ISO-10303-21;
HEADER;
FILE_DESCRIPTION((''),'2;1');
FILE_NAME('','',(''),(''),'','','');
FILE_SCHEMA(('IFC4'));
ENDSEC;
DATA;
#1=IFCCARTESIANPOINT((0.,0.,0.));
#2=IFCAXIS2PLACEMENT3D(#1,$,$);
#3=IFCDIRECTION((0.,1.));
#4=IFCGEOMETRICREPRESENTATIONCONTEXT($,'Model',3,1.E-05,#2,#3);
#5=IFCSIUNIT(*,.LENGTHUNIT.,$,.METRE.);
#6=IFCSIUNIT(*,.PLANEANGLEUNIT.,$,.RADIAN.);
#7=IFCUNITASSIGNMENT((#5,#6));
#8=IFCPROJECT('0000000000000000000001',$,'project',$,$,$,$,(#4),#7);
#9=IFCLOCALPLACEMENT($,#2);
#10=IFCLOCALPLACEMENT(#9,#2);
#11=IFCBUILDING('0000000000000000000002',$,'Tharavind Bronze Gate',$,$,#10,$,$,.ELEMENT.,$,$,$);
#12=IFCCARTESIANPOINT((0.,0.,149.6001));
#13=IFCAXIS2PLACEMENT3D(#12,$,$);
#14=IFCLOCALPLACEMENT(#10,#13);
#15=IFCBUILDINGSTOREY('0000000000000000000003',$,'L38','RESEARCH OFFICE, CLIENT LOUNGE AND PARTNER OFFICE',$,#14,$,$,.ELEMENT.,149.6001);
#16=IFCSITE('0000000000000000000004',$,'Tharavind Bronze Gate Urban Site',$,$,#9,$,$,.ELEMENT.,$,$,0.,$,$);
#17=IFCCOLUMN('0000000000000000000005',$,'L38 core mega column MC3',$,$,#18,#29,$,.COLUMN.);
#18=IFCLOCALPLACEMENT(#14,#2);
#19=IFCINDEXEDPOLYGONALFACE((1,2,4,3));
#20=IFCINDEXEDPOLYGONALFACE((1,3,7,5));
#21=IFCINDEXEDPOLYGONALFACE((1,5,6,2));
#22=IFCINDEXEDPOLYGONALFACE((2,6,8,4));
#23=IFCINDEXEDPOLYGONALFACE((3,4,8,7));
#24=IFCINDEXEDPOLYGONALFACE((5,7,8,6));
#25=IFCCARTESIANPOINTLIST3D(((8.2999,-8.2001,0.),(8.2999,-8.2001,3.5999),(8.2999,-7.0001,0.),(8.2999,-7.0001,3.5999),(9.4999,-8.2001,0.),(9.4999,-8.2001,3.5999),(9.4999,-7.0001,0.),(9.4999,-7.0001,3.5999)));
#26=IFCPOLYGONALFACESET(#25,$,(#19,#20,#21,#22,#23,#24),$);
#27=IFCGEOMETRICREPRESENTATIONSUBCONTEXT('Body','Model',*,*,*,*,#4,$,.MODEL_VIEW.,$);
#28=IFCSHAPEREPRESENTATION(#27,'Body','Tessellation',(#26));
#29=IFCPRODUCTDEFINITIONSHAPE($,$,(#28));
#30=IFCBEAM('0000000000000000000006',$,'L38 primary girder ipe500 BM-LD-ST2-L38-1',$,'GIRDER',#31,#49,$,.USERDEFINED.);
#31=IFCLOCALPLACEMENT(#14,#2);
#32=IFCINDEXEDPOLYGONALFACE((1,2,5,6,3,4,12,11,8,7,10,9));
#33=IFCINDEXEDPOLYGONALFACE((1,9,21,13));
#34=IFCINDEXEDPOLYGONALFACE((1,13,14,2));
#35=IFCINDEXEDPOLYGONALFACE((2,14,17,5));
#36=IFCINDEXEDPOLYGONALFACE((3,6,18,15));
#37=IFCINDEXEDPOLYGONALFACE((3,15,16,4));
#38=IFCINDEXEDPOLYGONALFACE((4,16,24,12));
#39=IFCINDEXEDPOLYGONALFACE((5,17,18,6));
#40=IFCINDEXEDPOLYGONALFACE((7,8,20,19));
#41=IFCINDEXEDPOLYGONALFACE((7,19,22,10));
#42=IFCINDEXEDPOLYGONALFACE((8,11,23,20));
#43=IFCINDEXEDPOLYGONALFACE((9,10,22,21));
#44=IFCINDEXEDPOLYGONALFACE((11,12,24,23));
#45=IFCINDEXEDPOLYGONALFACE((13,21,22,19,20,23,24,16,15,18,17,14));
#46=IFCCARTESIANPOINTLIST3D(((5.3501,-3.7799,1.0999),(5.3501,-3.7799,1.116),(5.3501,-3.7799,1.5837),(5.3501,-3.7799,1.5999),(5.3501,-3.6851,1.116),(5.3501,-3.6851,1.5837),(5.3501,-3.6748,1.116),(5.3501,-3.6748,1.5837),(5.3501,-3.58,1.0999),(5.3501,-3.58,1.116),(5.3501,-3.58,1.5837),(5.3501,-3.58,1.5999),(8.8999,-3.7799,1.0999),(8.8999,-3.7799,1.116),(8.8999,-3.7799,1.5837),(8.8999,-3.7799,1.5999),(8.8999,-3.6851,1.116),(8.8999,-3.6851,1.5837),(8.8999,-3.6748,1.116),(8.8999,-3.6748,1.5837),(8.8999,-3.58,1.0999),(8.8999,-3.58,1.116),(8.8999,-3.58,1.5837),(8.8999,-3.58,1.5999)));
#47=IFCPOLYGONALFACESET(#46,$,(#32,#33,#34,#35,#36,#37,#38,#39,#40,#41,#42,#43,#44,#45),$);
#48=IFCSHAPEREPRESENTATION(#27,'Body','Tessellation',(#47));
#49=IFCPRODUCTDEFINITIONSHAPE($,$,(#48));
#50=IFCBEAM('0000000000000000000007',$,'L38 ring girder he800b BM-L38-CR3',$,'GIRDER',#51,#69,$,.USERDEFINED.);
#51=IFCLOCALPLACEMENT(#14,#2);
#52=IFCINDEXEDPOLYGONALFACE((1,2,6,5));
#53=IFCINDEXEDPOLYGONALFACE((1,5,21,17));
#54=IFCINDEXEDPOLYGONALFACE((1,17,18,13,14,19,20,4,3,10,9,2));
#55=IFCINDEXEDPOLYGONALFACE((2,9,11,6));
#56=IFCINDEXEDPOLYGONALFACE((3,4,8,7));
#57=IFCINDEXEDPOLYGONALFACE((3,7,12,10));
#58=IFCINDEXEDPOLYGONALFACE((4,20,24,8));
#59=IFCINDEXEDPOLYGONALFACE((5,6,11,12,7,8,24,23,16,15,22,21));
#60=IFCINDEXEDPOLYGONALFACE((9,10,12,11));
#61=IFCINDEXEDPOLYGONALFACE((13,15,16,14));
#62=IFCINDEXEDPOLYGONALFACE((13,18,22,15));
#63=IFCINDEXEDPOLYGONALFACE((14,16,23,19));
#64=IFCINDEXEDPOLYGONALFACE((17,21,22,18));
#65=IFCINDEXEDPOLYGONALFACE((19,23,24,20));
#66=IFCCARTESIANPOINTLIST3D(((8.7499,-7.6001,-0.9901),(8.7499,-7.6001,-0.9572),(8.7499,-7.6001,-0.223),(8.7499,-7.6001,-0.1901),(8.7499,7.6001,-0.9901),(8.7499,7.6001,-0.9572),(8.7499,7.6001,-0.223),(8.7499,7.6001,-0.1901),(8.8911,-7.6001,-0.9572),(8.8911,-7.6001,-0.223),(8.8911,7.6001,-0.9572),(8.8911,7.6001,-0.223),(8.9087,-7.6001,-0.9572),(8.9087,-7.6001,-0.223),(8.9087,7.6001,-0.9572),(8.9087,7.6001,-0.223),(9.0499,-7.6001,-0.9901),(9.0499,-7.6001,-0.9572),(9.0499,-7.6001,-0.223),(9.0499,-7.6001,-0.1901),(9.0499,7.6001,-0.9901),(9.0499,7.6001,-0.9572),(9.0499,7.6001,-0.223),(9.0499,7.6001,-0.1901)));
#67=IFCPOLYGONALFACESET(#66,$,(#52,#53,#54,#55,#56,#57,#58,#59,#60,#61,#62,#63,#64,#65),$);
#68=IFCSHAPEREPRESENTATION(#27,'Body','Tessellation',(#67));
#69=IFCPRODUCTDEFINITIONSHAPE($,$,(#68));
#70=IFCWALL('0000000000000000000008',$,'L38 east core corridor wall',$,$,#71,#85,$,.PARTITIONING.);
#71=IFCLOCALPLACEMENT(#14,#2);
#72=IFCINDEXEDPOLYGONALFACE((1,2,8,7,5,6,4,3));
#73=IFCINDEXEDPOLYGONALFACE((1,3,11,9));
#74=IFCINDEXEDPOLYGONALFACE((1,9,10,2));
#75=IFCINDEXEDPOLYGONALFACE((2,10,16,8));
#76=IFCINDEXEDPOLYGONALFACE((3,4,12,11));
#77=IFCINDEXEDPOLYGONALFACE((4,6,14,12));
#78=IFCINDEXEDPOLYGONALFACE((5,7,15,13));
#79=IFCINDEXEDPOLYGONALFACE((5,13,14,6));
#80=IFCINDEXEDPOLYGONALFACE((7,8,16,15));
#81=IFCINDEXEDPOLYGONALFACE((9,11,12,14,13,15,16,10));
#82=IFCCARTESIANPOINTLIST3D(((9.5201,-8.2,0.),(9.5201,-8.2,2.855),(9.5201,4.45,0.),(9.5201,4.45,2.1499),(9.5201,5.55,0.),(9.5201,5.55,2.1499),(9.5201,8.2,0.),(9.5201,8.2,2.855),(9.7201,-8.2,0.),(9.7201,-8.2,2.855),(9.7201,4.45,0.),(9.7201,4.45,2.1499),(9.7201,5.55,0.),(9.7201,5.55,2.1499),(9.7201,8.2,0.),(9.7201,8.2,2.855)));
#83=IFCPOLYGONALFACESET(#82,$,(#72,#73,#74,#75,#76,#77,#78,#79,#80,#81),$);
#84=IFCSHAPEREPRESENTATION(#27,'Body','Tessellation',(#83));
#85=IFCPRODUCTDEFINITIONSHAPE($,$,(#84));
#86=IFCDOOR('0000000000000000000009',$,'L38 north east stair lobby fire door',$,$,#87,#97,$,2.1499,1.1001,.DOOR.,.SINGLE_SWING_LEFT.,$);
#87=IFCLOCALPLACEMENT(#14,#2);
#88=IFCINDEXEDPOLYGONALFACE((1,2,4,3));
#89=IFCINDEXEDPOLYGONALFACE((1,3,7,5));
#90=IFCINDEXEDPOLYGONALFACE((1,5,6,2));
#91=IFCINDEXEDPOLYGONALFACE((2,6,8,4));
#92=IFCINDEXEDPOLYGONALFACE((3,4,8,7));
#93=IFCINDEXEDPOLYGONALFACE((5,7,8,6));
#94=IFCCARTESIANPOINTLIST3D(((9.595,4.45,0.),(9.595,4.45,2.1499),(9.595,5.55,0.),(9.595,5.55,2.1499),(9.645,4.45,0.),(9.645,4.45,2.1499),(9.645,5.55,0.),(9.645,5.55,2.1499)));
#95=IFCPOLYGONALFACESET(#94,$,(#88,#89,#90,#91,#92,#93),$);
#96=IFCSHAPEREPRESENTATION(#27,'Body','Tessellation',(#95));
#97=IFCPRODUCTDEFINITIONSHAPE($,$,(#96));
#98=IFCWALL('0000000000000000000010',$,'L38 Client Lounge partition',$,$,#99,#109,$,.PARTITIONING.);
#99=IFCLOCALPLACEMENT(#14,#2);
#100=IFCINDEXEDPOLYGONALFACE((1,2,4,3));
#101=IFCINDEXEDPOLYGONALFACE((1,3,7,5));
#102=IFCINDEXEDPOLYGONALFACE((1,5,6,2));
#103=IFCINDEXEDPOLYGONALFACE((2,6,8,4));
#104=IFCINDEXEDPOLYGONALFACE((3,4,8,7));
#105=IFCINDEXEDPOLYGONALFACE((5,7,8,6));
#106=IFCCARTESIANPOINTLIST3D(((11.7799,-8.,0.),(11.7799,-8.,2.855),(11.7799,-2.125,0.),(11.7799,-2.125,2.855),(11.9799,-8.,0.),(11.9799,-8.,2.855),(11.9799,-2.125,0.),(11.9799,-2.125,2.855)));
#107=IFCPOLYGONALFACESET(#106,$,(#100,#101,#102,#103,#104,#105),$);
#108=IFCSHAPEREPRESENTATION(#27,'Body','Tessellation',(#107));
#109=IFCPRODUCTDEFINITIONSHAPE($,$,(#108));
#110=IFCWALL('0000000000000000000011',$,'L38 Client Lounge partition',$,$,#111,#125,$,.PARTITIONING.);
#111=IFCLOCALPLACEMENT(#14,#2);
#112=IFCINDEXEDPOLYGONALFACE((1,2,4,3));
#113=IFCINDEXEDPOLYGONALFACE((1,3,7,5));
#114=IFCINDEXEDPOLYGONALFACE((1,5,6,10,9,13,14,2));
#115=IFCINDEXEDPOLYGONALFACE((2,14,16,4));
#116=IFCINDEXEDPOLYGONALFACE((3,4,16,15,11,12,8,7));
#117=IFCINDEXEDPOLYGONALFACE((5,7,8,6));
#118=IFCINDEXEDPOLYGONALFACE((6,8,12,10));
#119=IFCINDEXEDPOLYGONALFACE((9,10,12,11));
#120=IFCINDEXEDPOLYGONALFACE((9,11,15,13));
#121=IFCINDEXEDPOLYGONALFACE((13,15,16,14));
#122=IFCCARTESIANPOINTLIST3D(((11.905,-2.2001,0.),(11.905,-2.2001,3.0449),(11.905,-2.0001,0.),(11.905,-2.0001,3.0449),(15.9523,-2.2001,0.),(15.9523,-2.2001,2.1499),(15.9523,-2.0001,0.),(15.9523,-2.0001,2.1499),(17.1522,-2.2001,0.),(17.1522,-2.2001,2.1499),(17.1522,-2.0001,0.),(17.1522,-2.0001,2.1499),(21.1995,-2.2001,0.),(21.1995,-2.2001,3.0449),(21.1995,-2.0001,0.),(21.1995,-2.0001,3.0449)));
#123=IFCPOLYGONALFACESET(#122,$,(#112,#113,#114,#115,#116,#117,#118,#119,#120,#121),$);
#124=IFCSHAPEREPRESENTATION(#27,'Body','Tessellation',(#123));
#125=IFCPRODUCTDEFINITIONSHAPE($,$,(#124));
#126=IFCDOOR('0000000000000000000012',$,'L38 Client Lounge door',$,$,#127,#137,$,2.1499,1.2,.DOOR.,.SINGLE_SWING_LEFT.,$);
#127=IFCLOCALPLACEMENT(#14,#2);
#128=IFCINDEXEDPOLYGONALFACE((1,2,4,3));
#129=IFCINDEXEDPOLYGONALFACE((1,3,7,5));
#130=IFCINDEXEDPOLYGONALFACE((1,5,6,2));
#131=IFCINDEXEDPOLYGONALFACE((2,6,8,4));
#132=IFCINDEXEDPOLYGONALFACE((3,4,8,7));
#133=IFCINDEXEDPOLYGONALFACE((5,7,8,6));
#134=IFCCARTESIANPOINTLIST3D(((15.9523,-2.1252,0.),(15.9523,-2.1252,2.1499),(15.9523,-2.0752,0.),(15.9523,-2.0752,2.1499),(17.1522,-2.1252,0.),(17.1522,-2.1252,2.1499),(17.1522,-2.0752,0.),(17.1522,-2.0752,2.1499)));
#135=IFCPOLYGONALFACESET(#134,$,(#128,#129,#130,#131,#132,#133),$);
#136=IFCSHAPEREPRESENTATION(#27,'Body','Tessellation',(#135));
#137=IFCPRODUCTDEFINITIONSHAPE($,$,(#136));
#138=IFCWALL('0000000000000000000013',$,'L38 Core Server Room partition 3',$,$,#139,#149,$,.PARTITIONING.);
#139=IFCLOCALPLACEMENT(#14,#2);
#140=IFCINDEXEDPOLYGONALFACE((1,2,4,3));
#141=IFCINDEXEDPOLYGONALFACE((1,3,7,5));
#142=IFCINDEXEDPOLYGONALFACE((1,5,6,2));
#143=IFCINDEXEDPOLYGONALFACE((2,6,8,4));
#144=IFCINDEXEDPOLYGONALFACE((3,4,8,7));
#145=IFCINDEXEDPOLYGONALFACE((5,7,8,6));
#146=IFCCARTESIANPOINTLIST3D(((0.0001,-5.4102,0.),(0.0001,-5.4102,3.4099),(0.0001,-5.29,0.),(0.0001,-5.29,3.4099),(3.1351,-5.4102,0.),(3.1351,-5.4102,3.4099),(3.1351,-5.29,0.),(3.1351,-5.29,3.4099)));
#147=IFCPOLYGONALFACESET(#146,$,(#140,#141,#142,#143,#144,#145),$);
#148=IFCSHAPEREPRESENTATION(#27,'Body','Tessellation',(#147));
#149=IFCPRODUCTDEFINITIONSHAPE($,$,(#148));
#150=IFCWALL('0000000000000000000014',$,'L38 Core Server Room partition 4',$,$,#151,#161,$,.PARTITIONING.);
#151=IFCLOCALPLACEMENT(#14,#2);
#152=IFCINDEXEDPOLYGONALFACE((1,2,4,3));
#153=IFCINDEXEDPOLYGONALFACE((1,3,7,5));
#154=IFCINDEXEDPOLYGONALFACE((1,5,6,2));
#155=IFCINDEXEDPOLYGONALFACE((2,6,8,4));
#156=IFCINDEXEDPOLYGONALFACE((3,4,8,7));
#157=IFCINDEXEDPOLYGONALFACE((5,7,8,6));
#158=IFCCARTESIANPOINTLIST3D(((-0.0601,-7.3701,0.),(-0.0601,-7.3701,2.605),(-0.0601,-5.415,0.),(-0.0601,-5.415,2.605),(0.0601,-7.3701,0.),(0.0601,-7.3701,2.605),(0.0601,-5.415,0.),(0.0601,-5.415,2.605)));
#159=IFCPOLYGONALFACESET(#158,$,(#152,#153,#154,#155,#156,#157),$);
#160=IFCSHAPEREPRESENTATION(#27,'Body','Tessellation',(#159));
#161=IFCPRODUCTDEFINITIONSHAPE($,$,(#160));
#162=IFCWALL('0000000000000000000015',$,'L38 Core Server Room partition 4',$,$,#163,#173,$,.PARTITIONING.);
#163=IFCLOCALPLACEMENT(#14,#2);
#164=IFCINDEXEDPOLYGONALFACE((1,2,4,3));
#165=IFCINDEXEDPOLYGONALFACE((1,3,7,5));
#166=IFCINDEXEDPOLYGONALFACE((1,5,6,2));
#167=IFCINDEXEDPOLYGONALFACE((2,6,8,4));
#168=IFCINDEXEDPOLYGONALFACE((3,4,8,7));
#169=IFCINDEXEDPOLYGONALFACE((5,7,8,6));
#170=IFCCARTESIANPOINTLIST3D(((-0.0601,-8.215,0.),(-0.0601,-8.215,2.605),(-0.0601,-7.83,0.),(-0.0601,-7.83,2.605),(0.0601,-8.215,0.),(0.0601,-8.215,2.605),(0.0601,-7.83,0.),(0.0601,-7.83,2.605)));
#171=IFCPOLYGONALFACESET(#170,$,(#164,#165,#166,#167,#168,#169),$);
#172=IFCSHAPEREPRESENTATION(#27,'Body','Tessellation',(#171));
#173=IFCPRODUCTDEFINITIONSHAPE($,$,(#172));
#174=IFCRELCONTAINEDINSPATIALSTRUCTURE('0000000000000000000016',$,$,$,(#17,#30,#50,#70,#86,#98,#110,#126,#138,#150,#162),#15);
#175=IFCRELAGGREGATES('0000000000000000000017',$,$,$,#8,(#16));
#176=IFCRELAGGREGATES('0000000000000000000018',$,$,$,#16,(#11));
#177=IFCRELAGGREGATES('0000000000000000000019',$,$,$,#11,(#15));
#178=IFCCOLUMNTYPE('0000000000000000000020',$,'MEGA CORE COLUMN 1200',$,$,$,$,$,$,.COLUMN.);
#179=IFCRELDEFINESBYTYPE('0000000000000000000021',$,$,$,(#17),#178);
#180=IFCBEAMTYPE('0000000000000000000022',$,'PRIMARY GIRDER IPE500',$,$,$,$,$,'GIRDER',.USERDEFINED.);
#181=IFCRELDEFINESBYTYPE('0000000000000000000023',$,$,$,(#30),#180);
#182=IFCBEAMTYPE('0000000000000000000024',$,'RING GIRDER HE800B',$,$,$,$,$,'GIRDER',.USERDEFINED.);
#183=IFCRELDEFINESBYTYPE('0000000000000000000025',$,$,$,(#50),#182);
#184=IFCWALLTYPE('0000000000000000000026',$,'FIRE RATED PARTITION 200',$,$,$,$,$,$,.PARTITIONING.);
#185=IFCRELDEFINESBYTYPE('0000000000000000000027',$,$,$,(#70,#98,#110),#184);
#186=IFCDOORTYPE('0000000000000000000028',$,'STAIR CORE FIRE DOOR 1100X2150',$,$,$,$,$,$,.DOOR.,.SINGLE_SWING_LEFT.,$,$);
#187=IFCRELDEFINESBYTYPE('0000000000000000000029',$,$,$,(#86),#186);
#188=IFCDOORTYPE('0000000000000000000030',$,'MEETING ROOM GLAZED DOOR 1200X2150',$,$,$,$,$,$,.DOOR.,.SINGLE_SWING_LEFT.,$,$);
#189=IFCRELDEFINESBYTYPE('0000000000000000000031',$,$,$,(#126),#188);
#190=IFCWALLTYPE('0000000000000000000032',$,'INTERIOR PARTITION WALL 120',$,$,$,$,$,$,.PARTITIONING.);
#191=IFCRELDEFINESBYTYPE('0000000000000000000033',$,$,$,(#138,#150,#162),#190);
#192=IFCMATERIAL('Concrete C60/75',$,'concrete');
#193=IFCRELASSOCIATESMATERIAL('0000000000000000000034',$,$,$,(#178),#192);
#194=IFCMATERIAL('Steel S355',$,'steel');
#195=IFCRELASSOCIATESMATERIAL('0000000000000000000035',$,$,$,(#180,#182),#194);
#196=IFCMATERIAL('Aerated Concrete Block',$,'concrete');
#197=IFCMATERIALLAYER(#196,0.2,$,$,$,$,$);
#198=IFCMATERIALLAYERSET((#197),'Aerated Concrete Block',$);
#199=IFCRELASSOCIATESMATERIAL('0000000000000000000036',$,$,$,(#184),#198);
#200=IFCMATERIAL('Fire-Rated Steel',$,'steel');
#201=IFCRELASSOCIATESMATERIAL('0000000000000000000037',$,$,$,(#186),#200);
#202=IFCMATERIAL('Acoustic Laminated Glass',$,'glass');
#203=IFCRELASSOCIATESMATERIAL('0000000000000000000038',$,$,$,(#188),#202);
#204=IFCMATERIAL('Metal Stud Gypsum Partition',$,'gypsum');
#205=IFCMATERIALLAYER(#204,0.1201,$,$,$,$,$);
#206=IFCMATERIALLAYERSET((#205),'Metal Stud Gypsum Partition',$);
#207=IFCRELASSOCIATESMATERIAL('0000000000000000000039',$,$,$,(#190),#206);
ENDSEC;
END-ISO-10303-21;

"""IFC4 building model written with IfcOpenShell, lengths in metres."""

from ifc_helpers import new_model, si_unit, direction, frame, frame_2d, origin, origin_2d, place, context, subcontext, project, spatial, rectangle, i_section, extrude, material, layer, layer_set, material_profile, profile_set, type_object, element, fill, save


model = new_model("IFC4")

# Units and contexts
model_context = context("Model", 3, precision=1e-05, world=origin(), true_north=direction((0.0, 1.0)))
body_context = subcontext(model_context, "Body", "Model", "MODEL_VIEW")
ifc_project = project(units=[si_unit("LENGTHUNIT", "METRE"), si_unit("PLANEANGLEUNIT", "RADIAN")], contexts=[model_context])

# Site, building, storey
site_placement = place(None, origin())
site = spatial("IfcSite", under=ifc_project, at=site_placement, Name="Tharavind Bronze Gate Urban Site", CompositionType="ELEMENT", RefElevation=0.0)
building_placement = place(site_placement, origin())
building = spatial("IfcBuilding", under=site, at=building_placement, Name="Tharavind Bronze Gate", CompositionType="ELEMENT")
storey_placement = place(building_placement, frame((0.0, 0.0, 149.6001)))
storey = spatial("IfcBuildingStorey", under=building, at=storey_placement, Name="L38", Description="RESEARCH OFFICE, CLIENT LOUNGE AND PARTNER OFFICE", CompositionType="ELEMENT", Elevation=149.6001)

# Column
ifc_material_1 = material(Name="Concrete C60/75", Category="concrete")
ifc_material_profile_1 = material_profile(ifc_material_1, rectangle(XDim=1.2, YDim=1.2, at=origin_2d()), Name="RCCOL1200")
ifc_profile_set_1 = profile_set([ifc_material_profile_1], Name="Concrete C60/75")
column_type = type_object("IfcColumnType", Name="MEGA CORE COLUMN 1200", PredefinedType="COLUMN", material=ifc_profile_set_1)
column_placement = place(storey_placement, frame((8.8999, -7.6001, 0.0), z_axis=(0.0, 0.0, 1.0), x_axis=(1.0, 0.0, 0.0)))
element("IfcColumn", 1, at=column_placement, inside=storey, type_object=column_type, Name="L38 core mega column MC3", PredefinedType="COLUMN", context=body_context, shape_type="SweptSolid", body=[
    extrude(rectangle(XDim=1.2, YDim=1.2, at=origin_2d()), origin(), (0.0, 0.0, 1.0), 3.5999),
])

# Beams
ifc_material_2 = material(Name="Steel S355", Category="steel")
ifc_material_profile_2 = material_profile(ifc_material_2, i_section(OverallWidth=0.2, OverallDepth=0.5, WebThickness=0.0103, FlangeThickness=0.0161, at=origin_2d()), Name="IPE500")
ifc_profile_set_2 = profile_set([ifc_material_profile_2], Name="Steel S355")
beam_type_1 = type_object("IfcBeamType", Name="PRIMARY GIRDER IPE500", ElementType="GIRDER", PredefinedType="USERDEFINED", material=ifc_profile_set_2)
beam_1_placement = place(storey_placement, frame((5.3501, -3.6799, 1.3499), z_axis=(1.0, 0.0, 0.0), x_axis=(0.0, 1.0, 0.0)))
element("IfcBeam", 2, at=beam_1_placement, inside=storey, type_object=beam_type_1, Name="L38 primary girder ipe500 BM-LD-ST2-L38-1", ObjectType="GIRDER", PredefinedType="USERDEFINED", context=body_context, shape_type="SweptSolid", body=[
    extrude(i_section(OverallWidth=0.2, OverallDepth=0.5, WebThickness=0.0103, FlangeThickness=0.0161, at=origin_2d()), origin(), (0.0, 0.0, 1.0), 3.5498),
])
ifc_material_profile_3 = material_profile(ifc_material_2, i_section(OverallWidth=0.3, OverallDepth=0.8, WebThickness=0.0176, FlangeThickness=0.033, at=origin_2d()), Name="HE800B")
ifc_profile_set_3 = profile_set([ifc_material_profile_3], Name="Steel S355")
beam_type_2 = type_object("IfcBeamType", Name="RING GIRDER HE800B", ElementType="GIRDER", PredefinedType="USERDEFINED", material=ifc_profile_set_3)
beam_2_placement = place(storey_placement, frame((8.8999, -7.6001, -0.5901), z_axis=(0.0, 1.0, 0.0), x_axis=(-1.0, 0.0, 0.0)))
element("IfcBeam", 3, at=beam_2_placement, inside=storey, type_object=beam_type_2, Name="L38 ring girder he800b BM-L38-CR3", ObjectType="GIRDER", PredefinedType="USERDEFINED", context=body_context, shape_type="SweptSolid", body=[
    extrude(i_section(OverallWidth=0.3, OverallDepth=0.8, WebThickness=0.0176, FlangeThickness=0.033, at=origin_2d()), origin(), (0.0, 0.0, 1.0), 15.2002),
])

# Wall, opening, door
ifc_material_3 = material(Name="Aerated Concrete Block", Category="concrete")
ifc_layer_1 = layer(ifc_material_3, 0.2)
ifc_layer_set_1 = layer_set([ifc_layer_1], Name="Aerated Concrete Block")
wall_type_1 = type_object("IfcWallType", Name="FIRE RATED PARTITION 200", PredefinedType="PARTITIONING", material=ifc_layer_set_1)
wall_1_placement = place(storey_placement, frame((9.6201, -8.2, 0.0), z_axis=(0.0, 0.0, 1.0), x_axis=(0.0, 1.0, 0.0)))
wall_1 = element("IfcWall", 4, at=wall_1_placement, inside=storey, type_object=wall_type_1, Name="L38 east core corridor wall", PredefinedType="PARTITIONING", context=body_context, shape_type="SweptSolid", body=[
    extrude(rectangle(XDim=16.3999, YDim=0.2, at=frame_2d((8.2, 0.0))), origin(), (0.0, 0.0, 1.0), 2.855),
])
opening_1_placement = place(wall_1_placement, frame((12.6499, 0.0, 0.0)))
opening_1 = element("IfcOpeningElement", 5, at=opening_1_placement, cuts=wall_1, PredefinedType="OPENING", context=body_context, shape_type="SweptSolid", body=[
    extrude(rectangle(XDim=1.1001, YDim=2.1499, at=frame_2d((0.55, 1.075))), frame((0.0, 0.1101, 0.0), z_axis=(0.0, -1.0, 0.0), x_axis=(1.0, 0.0, 0.0)), (0.0, 0.0, 1.0), 0.22),
])
ifc_material_4 = material(Name="Fire-Rated Steel", Category="steel")
door_type_1 = type_object("IfcDoorType", Name="STAIR CORE FIRE DOOR 1100X2150", OperationType="SINGLE_SWING_LEFT", PredefinedType="DOOR", material=ifc_material_4)
door_1_placement = place(opening_1_placement, frame((1.1001, 0.0, 0.0), z_axis=(0.0, 0.0, 1.0), x_axis=(-1.0, 0.0, 0.0)))
door_1 = element("IfcDoor", 6, at=door_1_placement, inside=storey, type_object=door_type_1, Name="L38 north east stair lobby fire door", OperationType="SINGLE_SWING_LEFT", OverallHeight=2.1499, OverallWidth=1.1001, PredefinedType="DOOR", context=body_context, shape_type="SweptSolid", body=[
    extrude(rectangle(XDim=1.1001, YDim=2.1499, at=frame_2d((0.55, 1.075))), frame((0.0, 0.0249, 0.0), z_axis=(0.0, -1.0, 0.0), x_axis=(1.0, 0.0, 0.0)), (0.0, 0.0, 1.0), 0.05),
])
fill(opening_1, door_1)

# Wall
wall_2_placement = place(storey_placement, frame((11.8799, -8.0, 0.0), z_axis=(0.0, 0.0, 1.0), x_axis=(0.0, 1.0, 0.0)))
element("IfcWall", 7, at=wall_2_placement, inside=storey, type_object=wall_type_1, Name="L38 Client Lounge partition", PredefinedType="PARTITIONING", context=body_context, shape_type="SweptSolid", body=[
    extrude(rectangle(XDim=5.875, YDim=0.2, at=frame_2d((2.9375, 0.0))), origin(), (0.0, 0.0, 1.0), 2.855),
])

# Wall, opening, door
wall_3_placement = place(storey_placement, frame((11.905, -2.1001, 0.0), z_axis=(0.0, 0.0, 1.0), x_axis=(1.0, 0.0, 0.0)))
wall_3 = element("IfcWall", 8, at=wall_3_placement, inside=storey, type_object=wall_type_1, Name="L38 Client Lounge partition", PredefinedType="PARTITIONING", context=body_context, shape_type="SweptSolid", body=[
    extrude(rectangle(XDim=9.2944, YDim=0.2, at=frame_2d((4.6472, 0.0))), origin(), (0.0, 0.0, 1.0), 3.0449),
])
opening_2_placement = place(wall_3_placement, frame((4.0471, 0.0, 0.0)))
opening_2 = element("IfcOpeningElement", 9, at=opening_2_placement, cuts=wall_3, PredefinedType="OPENING", context=body_context, shape_type="SweptSolid", body=[
    extrude(rectangle(XDim=1.2, YDim=2.1499, at=frame_2d((0.6001, 1.075))), frame((0.0, 0.1101, 0.0), z_axis=(0.0, -1.0, 0.0), x_axis=(1.0, 0.0, 0.0)), (0.0, 0.0, 1.0), 0.22),
])
ifc_material_5 = material(Name="Acoustic Laminated Glass", Category="glass")
door_type_2 = type_object("IfcDoorType", Name="MEETING ROOM GLAZED DOOR 1200X2150", OperationType="SINGLE_SWING_LEFT", PredefinedType="DOOR", material=ifc_material_5)
door_2_placement = place(opening_2_placement, origin())
door_2 = element("IfcDoor", 10, at=door_2_placement, inside=storey, type_object=door_type_2, Name="L38 Client Lounge door", OperationType="SINGLE_SWING_LEFT", OverallHeight=2.1499, OverallWidth=1.2, PredefinedType="DOOR", context=body_context, shape_type="SweptSolid", body=[
    extrude(rectangle(XDim=1.2, YDim=2.1499, at=frame_2d((0.6001, 1.075))), frame((0.0, 0.0249, 0.0), z_axis=(0.0, -1.0, 0.0), x_axis=(1.0, 0.0, 0.0)), (0.0, 0.0, 1.0), 0.05),
])
fill(opening_2, door_2)

# Walls
ifc_material_6 = material(Name="Metal Stud Gypsum Partition", Category="gypsum")
ifc_layer_2 = layer(ifc_material_6, 0.1201)
ifc_layer_set_2 = layer_set([ifc_layer_2], Name="Metal Stud Gypsum Partition")
wall_type_2 = type_object("IfcWallType", Name="INTERIOR PARTITION WALL 120", PredefinedType="PARTITIONING", material=ifc_layer_set_2)
wall_4_placement = place(storey_placement, frame((3.135, -5.3501, 0.0), z_axis=(0.0, 0.0, 1.0), x_axis=(-1.0, 0.0, 0.0)))
element("IfcWall", 11, at=wall_4_placement, inside=storey, type_object=wall_type_2, Name="L38 Core Server Room partition 3", PredefinedType="PARTITIONING", context=body_context, shape_type="SweptSolid", body=[
    extrude(rectangle(XDim=3.135, YDim=0.1201, at=frame_2d((1.5674, 0.0))), origin(), (0.0, 0.0, 1.0), 3.4099),
])
wall_5_placement = place(storey_placement, frame((0.0, -5.415, 0.0), z_axis=(0.0, 0.0, 1.0), x_axis=(0.0, -1.0, 0.0)))
element("IfcWall", 12, at=wall_5_placement, inside=storey, type_object=wall_type_2, Name="L38 Core Server Room partition 4", PredefinedType="PARTITIONING", context=body_context, shape_type="SweptSolid", body=[
    extrude(rectangle(XDim=1.9551, YDim=0.1201, at=frame_2d((0.9775, 0.0))), origin(), (0.0, 0.0, 1.0), 2.605),
])
wall_6_placement = place(storey_placement, frame((0.0, -7.8301, 0.0), z_axis=(0.0, 0.0, 1.0), x_axis=(0.0, -1.0, 0.0)))
element("IfcWall", 13, at=wall_6_placement, inside=storey, type_object=wall_type_2, Name="L38 Core Server Room partition 4", PredefinedType="PARTITIONING", context=body_context, shape_type="SweptSolid", body=[
    extrude(rectangle(XDim=0.385, YDim=0.1201, at=frame_2d((0.1924, 0.0))), origin(), (0.0, 0.0, 1.0), 2.605),
])

save(model, "model.ifc")
